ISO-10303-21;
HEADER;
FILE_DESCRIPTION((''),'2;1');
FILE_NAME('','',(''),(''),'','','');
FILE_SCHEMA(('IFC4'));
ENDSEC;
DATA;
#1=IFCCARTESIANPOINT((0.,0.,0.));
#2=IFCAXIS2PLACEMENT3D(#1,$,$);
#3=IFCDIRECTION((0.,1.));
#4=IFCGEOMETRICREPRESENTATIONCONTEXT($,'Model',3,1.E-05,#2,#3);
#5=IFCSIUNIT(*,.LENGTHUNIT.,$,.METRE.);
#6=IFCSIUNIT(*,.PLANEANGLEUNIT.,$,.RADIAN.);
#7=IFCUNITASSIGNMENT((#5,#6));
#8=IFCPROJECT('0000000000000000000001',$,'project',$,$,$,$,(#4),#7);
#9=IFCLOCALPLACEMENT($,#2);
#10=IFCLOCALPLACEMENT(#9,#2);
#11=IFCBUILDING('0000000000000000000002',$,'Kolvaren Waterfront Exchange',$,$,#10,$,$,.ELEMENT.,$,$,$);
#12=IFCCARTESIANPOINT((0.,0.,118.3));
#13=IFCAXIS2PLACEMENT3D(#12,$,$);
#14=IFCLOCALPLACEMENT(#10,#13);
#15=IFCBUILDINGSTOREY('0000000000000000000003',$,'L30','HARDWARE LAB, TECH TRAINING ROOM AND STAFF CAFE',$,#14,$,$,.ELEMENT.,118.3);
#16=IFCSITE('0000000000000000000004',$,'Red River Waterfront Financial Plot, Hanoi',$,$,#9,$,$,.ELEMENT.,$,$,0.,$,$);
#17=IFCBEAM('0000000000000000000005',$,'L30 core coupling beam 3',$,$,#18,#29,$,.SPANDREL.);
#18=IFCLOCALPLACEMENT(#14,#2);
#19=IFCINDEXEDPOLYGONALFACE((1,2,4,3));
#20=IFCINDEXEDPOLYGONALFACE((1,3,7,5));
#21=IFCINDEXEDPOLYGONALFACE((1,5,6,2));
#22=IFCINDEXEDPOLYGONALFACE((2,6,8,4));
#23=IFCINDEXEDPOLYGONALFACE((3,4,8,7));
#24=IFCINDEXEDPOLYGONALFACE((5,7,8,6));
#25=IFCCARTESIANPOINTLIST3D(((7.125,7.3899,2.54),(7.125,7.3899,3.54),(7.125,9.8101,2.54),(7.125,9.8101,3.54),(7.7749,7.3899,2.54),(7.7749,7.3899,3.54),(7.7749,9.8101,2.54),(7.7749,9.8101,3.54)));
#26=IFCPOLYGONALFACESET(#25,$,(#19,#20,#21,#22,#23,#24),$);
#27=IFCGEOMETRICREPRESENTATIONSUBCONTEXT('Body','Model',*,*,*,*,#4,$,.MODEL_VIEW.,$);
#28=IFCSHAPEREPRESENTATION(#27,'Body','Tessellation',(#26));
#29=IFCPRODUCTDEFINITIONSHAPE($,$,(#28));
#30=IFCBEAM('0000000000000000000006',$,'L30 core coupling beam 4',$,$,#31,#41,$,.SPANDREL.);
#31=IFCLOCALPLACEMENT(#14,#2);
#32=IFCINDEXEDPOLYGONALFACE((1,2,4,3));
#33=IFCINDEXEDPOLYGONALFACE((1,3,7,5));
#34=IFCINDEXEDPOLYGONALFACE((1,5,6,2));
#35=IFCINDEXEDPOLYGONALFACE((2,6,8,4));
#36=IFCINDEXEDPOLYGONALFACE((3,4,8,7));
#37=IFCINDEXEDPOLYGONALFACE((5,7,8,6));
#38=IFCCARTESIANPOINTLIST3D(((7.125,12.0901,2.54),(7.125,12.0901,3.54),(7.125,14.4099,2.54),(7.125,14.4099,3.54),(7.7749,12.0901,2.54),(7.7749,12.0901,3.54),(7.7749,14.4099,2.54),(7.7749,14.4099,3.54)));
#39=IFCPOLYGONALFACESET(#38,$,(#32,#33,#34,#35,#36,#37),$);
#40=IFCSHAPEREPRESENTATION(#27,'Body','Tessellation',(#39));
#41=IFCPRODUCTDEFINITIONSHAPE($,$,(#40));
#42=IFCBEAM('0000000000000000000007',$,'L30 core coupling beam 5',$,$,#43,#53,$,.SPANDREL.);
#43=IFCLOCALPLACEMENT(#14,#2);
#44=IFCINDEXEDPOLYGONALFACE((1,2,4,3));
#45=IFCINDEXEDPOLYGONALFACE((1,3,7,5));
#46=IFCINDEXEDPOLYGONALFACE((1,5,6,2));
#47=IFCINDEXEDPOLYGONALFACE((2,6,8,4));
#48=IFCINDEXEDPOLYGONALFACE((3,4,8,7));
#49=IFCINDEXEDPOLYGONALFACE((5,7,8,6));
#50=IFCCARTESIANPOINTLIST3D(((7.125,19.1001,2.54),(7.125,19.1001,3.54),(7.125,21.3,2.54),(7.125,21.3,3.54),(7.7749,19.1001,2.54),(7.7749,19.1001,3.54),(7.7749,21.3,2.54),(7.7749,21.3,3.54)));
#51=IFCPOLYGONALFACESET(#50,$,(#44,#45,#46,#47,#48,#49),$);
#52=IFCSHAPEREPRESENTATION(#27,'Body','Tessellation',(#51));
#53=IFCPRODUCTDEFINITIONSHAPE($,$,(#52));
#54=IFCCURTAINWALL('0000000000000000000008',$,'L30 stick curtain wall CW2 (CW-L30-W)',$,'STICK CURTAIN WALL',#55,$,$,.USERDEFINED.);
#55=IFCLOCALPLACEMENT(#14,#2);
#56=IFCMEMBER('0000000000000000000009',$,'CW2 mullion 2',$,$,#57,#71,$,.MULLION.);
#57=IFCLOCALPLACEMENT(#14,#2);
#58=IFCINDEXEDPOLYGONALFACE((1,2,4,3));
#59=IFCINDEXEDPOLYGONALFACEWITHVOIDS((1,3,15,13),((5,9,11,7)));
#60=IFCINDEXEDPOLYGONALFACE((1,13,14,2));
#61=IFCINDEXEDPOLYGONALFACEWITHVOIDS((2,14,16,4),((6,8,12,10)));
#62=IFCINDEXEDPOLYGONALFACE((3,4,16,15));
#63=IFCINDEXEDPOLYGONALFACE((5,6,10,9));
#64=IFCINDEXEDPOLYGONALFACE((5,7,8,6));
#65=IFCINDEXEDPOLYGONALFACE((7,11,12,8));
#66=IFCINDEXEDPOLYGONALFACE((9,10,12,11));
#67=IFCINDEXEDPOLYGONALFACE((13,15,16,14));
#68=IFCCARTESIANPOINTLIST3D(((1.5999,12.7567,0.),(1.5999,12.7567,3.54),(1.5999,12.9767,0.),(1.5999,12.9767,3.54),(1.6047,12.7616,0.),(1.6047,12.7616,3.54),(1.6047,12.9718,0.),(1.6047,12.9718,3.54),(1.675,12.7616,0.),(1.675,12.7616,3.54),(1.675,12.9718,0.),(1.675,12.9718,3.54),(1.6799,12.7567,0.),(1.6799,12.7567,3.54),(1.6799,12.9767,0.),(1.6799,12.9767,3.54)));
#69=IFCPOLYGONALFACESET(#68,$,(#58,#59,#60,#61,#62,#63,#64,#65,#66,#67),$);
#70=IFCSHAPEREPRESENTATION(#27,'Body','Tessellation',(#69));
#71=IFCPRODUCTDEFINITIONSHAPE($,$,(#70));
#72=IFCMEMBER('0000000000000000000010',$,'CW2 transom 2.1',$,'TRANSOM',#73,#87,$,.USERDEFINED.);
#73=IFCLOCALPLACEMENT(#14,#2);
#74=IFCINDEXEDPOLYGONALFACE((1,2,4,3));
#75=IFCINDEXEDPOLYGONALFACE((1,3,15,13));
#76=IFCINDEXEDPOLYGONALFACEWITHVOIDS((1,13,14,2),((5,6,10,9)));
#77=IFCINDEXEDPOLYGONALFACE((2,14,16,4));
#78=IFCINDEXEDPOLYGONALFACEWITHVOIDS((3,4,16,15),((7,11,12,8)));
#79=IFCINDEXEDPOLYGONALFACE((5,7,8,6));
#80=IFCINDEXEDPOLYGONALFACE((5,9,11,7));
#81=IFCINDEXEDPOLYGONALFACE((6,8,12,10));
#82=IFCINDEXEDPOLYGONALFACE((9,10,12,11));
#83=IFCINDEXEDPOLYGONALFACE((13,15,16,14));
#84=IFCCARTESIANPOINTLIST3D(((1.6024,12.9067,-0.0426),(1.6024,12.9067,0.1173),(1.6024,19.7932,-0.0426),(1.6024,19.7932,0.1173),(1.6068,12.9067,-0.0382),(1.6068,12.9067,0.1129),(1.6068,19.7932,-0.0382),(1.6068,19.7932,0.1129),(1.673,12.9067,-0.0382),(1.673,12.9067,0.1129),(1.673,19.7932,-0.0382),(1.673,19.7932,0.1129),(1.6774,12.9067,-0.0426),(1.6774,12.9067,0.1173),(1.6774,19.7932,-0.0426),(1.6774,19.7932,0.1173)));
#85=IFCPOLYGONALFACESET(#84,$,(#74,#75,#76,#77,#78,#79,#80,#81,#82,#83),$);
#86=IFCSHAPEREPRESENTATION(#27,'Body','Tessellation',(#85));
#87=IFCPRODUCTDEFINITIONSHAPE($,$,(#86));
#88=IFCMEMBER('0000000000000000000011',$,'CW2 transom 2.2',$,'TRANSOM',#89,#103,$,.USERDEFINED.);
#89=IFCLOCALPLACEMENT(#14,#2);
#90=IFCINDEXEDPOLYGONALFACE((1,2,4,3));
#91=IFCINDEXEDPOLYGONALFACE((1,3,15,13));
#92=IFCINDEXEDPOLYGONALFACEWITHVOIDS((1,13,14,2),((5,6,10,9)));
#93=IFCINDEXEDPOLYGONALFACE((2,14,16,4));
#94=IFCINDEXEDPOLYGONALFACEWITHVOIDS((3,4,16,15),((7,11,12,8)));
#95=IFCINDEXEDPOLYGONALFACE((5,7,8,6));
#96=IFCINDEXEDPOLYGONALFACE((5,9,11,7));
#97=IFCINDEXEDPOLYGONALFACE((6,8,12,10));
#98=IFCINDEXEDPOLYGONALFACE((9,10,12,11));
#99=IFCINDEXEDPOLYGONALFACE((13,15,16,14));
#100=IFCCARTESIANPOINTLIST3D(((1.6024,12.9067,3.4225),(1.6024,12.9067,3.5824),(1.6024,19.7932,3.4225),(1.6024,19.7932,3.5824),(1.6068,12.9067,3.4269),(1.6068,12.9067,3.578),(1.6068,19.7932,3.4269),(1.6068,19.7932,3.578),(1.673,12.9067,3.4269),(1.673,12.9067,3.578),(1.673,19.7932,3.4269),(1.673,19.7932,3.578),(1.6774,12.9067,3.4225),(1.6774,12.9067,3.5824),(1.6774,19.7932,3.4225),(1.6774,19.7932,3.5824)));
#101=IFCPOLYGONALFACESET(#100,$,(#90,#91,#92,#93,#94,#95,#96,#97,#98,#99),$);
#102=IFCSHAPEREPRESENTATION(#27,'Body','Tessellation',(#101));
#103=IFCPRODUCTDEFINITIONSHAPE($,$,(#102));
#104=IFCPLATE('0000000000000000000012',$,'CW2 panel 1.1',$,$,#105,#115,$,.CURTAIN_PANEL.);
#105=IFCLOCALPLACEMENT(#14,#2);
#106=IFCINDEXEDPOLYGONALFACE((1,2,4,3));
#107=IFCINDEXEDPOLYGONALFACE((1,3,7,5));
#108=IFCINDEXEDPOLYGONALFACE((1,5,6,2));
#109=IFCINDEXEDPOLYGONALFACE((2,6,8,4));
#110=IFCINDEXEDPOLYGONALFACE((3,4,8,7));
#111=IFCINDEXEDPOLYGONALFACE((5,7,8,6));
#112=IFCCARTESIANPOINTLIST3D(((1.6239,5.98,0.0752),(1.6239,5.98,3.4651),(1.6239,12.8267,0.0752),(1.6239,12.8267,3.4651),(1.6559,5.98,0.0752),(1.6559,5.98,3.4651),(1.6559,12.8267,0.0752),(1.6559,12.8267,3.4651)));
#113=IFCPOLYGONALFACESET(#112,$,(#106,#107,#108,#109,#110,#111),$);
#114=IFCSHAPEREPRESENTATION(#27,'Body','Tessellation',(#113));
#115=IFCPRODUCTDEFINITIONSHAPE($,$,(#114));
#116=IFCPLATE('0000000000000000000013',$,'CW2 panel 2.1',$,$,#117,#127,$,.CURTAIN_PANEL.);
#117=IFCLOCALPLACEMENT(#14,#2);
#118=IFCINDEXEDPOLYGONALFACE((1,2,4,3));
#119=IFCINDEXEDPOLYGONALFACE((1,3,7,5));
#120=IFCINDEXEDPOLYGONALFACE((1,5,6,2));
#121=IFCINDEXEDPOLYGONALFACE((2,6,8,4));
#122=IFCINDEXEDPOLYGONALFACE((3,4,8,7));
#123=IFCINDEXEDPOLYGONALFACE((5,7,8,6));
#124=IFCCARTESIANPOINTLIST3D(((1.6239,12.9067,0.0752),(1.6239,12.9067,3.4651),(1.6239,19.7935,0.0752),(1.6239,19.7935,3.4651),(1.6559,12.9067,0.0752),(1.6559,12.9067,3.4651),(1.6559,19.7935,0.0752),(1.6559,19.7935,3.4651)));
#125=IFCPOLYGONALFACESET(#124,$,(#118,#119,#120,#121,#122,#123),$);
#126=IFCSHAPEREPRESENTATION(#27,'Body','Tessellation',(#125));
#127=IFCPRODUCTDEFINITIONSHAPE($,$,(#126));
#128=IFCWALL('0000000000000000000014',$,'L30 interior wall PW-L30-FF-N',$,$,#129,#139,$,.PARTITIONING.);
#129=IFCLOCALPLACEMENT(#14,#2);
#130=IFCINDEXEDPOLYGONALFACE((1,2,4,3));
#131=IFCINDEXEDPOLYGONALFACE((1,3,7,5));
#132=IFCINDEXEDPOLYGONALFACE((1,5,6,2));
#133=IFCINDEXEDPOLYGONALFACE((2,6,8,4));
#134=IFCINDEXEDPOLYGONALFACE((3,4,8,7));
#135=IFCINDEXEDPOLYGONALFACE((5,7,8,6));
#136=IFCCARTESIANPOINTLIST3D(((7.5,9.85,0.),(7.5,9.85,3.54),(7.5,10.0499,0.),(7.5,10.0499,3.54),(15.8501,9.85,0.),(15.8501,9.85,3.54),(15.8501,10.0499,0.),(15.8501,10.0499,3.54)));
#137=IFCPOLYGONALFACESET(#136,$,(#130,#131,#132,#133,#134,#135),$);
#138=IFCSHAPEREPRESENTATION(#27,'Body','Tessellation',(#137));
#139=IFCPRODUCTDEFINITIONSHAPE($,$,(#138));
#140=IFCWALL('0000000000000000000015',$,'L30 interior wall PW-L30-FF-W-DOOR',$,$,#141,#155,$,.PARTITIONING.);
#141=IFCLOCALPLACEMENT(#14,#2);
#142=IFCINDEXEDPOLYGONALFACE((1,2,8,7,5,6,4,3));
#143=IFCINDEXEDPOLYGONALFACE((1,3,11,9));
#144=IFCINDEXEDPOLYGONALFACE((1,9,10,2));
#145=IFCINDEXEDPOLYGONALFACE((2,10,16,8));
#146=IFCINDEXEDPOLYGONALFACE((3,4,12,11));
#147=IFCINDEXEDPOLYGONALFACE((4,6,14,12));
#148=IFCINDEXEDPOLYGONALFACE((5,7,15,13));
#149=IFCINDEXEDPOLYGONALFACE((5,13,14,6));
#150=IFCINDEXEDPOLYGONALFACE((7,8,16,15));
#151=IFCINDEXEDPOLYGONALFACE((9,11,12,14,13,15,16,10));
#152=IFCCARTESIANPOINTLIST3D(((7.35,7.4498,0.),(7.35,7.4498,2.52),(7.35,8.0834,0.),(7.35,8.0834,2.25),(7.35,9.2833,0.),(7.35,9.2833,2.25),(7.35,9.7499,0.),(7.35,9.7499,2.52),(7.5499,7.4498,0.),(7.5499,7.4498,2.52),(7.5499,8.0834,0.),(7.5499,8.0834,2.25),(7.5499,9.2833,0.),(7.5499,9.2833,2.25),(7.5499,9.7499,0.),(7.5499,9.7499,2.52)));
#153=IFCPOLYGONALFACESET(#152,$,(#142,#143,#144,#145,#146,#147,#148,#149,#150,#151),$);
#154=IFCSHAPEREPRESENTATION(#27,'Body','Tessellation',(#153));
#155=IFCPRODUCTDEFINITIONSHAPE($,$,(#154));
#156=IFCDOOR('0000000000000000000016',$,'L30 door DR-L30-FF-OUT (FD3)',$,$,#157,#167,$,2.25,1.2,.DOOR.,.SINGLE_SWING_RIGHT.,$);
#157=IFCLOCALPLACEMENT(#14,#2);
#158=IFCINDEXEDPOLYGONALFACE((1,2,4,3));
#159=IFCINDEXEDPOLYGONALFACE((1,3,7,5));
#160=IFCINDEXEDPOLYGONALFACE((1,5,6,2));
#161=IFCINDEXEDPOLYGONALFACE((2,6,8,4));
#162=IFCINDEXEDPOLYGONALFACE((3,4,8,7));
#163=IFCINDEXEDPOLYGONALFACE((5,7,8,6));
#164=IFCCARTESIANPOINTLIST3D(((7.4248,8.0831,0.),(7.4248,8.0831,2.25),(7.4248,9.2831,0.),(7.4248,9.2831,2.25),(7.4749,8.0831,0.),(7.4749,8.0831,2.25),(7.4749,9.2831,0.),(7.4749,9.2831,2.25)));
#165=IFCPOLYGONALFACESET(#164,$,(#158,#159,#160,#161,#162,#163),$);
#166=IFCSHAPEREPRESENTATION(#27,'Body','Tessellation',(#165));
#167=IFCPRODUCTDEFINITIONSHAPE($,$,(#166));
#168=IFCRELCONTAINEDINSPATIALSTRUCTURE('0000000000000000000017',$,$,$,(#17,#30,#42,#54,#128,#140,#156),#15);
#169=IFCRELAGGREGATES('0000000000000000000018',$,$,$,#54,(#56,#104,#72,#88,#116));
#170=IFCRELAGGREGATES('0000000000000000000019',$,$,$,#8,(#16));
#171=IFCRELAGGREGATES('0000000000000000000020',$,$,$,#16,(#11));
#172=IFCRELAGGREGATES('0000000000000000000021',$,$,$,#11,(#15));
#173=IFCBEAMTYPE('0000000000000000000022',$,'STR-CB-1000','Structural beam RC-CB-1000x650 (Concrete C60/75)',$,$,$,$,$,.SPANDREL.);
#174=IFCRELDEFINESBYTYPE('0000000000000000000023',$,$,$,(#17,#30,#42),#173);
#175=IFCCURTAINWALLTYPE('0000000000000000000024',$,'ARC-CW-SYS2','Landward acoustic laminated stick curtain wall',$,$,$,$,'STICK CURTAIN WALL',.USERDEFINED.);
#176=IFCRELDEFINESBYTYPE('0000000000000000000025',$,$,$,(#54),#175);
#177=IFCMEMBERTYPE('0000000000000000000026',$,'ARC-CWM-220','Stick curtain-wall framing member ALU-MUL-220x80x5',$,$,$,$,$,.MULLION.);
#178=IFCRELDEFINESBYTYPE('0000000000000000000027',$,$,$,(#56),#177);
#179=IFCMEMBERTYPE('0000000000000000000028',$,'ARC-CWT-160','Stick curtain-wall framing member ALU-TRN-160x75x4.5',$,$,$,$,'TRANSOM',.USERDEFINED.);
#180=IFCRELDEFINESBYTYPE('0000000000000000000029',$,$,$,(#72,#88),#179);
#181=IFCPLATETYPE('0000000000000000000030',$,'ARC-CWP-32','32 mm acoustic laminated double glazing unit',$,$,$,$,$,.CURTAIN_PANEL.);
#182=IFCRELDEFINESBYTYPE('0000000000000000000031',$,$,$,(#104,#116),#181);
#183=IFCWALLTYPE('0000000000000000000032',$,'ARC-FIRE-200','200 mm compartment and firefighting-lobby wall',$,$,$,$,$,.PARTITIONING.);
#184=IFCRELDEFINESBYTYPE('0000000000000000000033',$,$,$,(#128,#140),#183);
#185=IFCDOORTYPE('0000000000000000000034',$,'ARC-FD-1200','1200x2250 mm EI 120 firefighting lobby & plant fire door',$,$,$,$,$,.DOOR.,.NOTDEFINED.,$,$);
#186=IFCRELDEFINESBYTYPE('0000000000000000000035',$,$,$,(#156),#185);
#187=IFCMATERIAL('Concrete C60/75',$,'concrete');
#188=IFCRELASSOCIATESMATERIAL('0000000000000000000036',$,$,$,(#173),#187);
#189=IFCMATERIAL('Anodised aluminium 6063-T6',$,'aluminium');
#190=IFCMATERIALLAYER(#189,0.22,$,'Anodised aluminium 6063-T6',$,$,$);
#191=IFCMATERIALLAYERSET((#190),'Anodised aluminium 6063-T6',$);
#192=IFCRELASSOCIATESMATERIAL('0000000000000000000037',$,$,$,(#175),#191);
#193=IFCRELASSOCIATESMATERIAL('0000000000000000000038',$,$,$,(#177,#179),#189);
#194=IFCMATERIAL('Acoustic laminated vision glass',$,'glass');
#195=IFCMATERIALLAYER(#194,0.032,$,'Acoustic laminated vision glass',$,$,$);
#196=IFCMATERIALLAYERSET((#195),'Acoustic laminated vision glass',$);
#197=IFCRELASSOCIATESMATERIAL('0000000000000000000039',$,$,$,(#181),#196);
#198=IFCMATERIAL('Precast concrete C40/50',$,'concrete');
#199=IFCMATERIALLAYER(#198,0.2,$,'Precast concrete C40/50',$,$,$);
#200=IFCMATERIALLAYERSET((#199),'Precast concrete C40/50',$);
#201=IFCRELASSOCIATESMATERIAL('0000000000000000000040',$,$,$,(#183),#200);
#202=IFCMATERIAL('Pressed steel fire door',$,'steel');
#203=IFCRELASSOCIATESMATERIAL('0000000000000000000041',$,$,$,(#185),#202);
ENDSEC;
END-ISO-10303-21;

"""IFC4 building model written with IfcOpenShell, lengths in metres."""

from ifc_helpers import new_model, si_unit, direction, frame, frame_2d, origin, origin_with_axes, origin_2d, place, context, subcontext, project, spatial, rectangle, hollow_rectangle, extrude, source, transform, mapped, material, layer, layer_set, material_profile, profile_set, type_object, element, fill, aggregate, save


model = new_model("IFC4")

# Units and contexts
model_context = context("Model", 3, precision=1e-05, world=origin(), true_north=direction((0.0, 1.0)))
body_context = subcontext(model_context, "Body", "Model", "MODEL_VIEW")
ifc_project = project(units=[si_unit("LENGTHUNIT", "METRE"), si_unit("PLANEANGLEUNIT", "RADIAN")], contexts=[model_context])

# Site, building, storey
site_placement = place(None, origin())
site = spatial("IfcSite", under=ifc_project, at=site_placement, Name="Red River Waterfront Financial Plot, Hanoi", CompositionType="ELEMENT", RefElevation=0.0)
building_placement = place(site_placement, origin())
building = spatial("IfcBuilding", under=site, at=building_placement, Name="Kolvaren Waterfront Exchange", CompositionType="ELEMENT")
storey_placement = place(building_placement, frame((0.0, 0.0, 118.3)))
storey = spatial("IfcBuildingStorey", under=building, at=storey_placement, Name="L30", Description="HARDWARE LAB, TECH TRAINING ROOM AND STAFF CAFE", CompositionType="ELEMENT", Elevation=118.3)

# Beams
ifc_material_1 = material(Name="Concrete C60/75", Category="concrete")
ifc_material_profile_1 = material_profile(ifc_material_1, rectangle(XDim=0.6499, YDim=1.0, at=origin_2d()), Name="RC-CB-1000x650")
ifc_profile_set_1 = profile_set([ifc_material_profile_1], Name="Concrete C60/75")
beam_type = type_object("IfcBeamType", Name="STR-CB-1000", Description="Structural beam RC-CB-1000x650 (Concrete C60/75)", PredefinedType="SPANDREL", material=ifc_profile_set_1)
beam_1_placement = place(storey_placement, frame((7.45, 7.3899, 3.04), z_axis=(0.0, 1.0, 0.0), x_axis=(-1.0, 0.0, 0.0)))
element("IfcBeam", 1, at=beam_1_placement, inside=storey, type_object=beam_type, Name="L30 core coupling beam 3", PredefinedType="SPANDREL", context=body_context, shape_type="SweptSolid", body=[
    extrude(rectangle(XDim=0.6499, YDim=1.0, at=origin_2d()), origin(), (0.0, 0.0, 1.0), 2.4202),
])
beam_2_placement = place(storey_placement, frame((7.45, 12.0901, 3.04), z_axis=(0.0, 1.0, 0.0), x_axis=(-1.0, 0.0, 0.0)))
element("IfcBeam", 2, at=beam_2_placement, inside=storey, type_object=beam_type, Name="L30 core coupling beam 4", PredefinedType="SPANDREL", context=body_context, shape_type="SweptSolid", body=[
    extrude(rectangle(XDim=0.6499, YDim=1.0, at=origin_2d()), origin(), (0.0, 0.0, 1.0), 2.3198),
])
beam_3_placement = place(storey_placement, frame((7.45, 19.1001, 3.04), z_axis=(0.0, 1.0, 0.0), x_axis=(-1.0, 0.0, 0.0)))
element("IfcBeam", 3, at=beam_3_placement, inside=storey, type_object=beam_type, Name="L30 core coupling beam 5", PredefinedType="SPANDREL", context=body_context, shape_type="SweptSolid", body=[
    extrude(rectangle(XDim=0.6499, YDim=1.0, at=origin_2d()), origin(), (0.0, 0.0, 1.0), 2.2),
])

# Curtain wall, members, plates
ifc_material_2 = material(Name="Anodised aluminium 6063-T6", Category="aluminium")
ifc_layer_1 = layer(ifc_material_2, 0.22, Name="Anodised aluminium 6063-T6")
ifc_layer_set_1 = layer_set([ifc_layer_1], Name="Anodised aluminium 6063-T6")
curtain_wall_type = type_object("IfcCurtainWallType", Name="ARC-CW-SYS2", Description="Landward acoustic laminated stick curtain wall", ElementType="STICK CURTAIN WALL", PredefinedType="USERDEFINED", material=ifc_layer_set_1)
curtain_wall_placement = place(storey_placement, origin())
curtain_wall = element("IfcCurtainWall", 4, at=curtain_wall_placement, inside=storey, type_object=curtain_wall_type, Name="L30 stick curtain wall CW2 (CW-L30-W)", ObjectType="STICK CURTAIN WALL", PredefinedType="USERDEFINED")
ifc_material_profile_2 = material_profile(ifc_material_2, hollow_rectangle(XDim=0.0801, YDim=0.22, WallThickness=0.0049, at=origin_2d()), Name="ALU-MUL-220x80x5")
ifc_profile_set_2 = profile_set([ifc_material_profile_2], Name="Anodised aluminium 6063-T6")
member_type_1 = type_object("IfcMemberType", Name="ARC-CWM-220", Description="Stick curtain-wall framing member ALU-MUL-220x80x5", PredefinedType="MULLION", material=ifc_profile_set_2)
shared_shape_1 = source(origin_with_axes(), body_context, "Body", "SweptSolid", [
    extrude(hollow_rectangle(XDim=0.0801, YDim=0.22, WallThickness=0.0049, at=origin_2d()), origin(), (0.0, 0.0, 1.0), 3.54),
])
member_1_placement = place(storey_placement, frame((1.6399, 12.8667, 0.0), z_axis=(0.0, 0.0, 1.0), x_axis=(-1.0, 0.0, 0.0)))
member_1 = element("IfcMember", 5, at=member_1_placement, type_object=member_type_1, Name="CW2 mullion 2", PredefinedType="MULLION", context=body_context, shape_type="MappedRepresentation", body=[
    mapped(shared_shape_1, transform((0.0, 0.0, 0.0), x_axis=(1.0, 0.0, 0.0), y_axis=(0.0, 1.0, 0.0), z_axis=(0.0, 0.0, 1.0), scale=1.0)),
])
ifc_material_profile_3 = material_profile(ifc_material_2, hollow_rectangle(XDim=0.075, YDim=0.1599, WallThickness=0.0044, at=origin_2d()), Name="ALU-TRN-160x75x4.5")
ifc_profile_set_3 = profile_set([ifc_material_profile_3], Name="Anodised aluminium 6063-T6")
member_type_2 = type_object("IfcMemberType", Name="ARC-CWT-160", Description="Stick curtain-wall framing member ALU-TRN-160x75x4.5", ElementType="TRANSOM", PredefinedType="USERDEFINED", material=ifc_profile_set_3)
shared_shape_2 = source(origin_with_axes(), body_context, "Body", "SweptSolid", [
    extrude(hollow_rectangle(XDim=0.075, YDim=0.1599, WallThickness=0.0044, at=origin_2d()), origin(), (0.0, 0.0, 1.0), 6.8865),
])
member_2_placement = place(storey_placement, frame((1.6399, 12.9067, 0.0374), z_axis=(0.0, 1.0, 0.0), x_axis=(-1.0, 0.0, 0.0)))
member_2 = element("IfcMember", 6, at=member_2_placement, type_object=member_type_2, Name="CW2 transom 2.1", ObjectType="TRANSOM", PredefinedType="USERDEFINED", context=body_context, shape_type="MappedRepresentation", body=[
    mapped(shared_shape_2, transform((0.0, 0.0, 0.0), x_axis=(1.0, 0.0, 0.0), y_axis=(0.0, 1.0, 0.0), z_axis=(0.0, 0.0, 1.0), scale=1.0)),
])
member_3_placement = place(storey_placement, frame((1.6399, 12.9067, 3.5024), z_axis=(0.0, 1.0, 0.0), x_axis=(-1.0, 0.0, 0.0)))
member_3 = element("IfcMember", 7, at=member_3_placement, type_object=member_type_2, Name="CW2 transom 2.2", ObjectType="TRANSOM", PredefinedType="USERDEFINED", context=body_context, shape_type="MappedRepresentation", body=[
    mapped(shared_shape_2, transform((0.0, 0.0, 0.0), x_axis=(1.0, 0.0, 0.0), y_axis=(0.0, 1.0, 0.0), z_axis=(0.0, 0.0, 1.0), scale=1.0)),
])
ifc_material_3 = material(Name="Acoustic laminated vision glass", Category="glass")
ifc_layer_2 = layer(ifc_material_3, 0.032, Name="Acoustic laminated vision glass")
ifc_layer_set_2 = layer_set([ifc_layer_2], Name="Acoustic laminated vision glass")
plate_type = type_object("IfcPlateType", Name="ARC-CWP-32", Description="32 mm acoustic laminated double glazing unit", PredefinedType="CURTAIN_PANEL", material=ifc_layer_set_2)
shared_shape_3 = source(origin_with_axes(), body_context, "Body", "SweptSolid", [
    extrude(rectangle(XDim=6.8467, YDim=0.032, at=origin_2d()), origin(), (0.0, 0.0, 1.0), 3.3899),
])
plate_1_placement = place(storey_placement, frame((1.6399, 9.4033, 0.0752), z_axis=(0.0, 0.0, 1.0), x_axis=(0.0, 1.0, 0.0)))
plate_1 = element("IfcPlate", 8, at=plate_1_placement, type_object=plate_type, Name="CW2 panel 1.1", PredefinedType="CURTAIN_PANEL", context=body_context, shape_type="MappedRepresentation", body=[
    mapped(shared_shape_3, transform((0.0, 0.0, 0.0), x_axis=(1.0, 0.0, 0.0), y_axis=(0.0, 1.0, 0.0), z_axis=(0.0, 0.0, 1.0), scale=1.0)),
])
shared_shape_4 = source(origin_with_axes(), body_context, "Body", "SweptSolid", [
    extrude(rectangle(XDim=6.8867, YDim=0.032, at=origin_2d()), origin(), (0.0, 0.0, 1.0), 3.3899),
])
plate_2_placement = place(storey_placement, frame((1.6399, 16.3501, 0.0752), z_axis=(0.0, 0.0, 1.0), x_axis=(0.0, 1.0, 0.0)))
plate_2 = element("IfcPlate", 9, at=plate_2_placement, type_object=plate_type, Name="CW2 panel 2.1", PredefinedType="CURTAIN_PANEL", context=body_context, shape_type="MappedRepresentation", body=[
    mapped(shared_shape_4, transform((0.0, 0.0, 0.0), x_axis=(1.0, 0.0, 0.0), y_axis=(0.0, 1.0, 0.0), z_axis=(0.0, 0.0, 1.0), scale=1.0)),
])
aggregate(curtain_wall, [member_1, plate_1, member_2, member_3, plate_2])

# Wall
ifc_material_4 = material(Name="Precast concrete C40/50", Category="concrete")
ifc_layer_3 = layer(ifc_material_4, 0.2, Name="Precast concrete C40/50")
ifc_layer_set_3 = layer_set([ifc_layer_3], Name="Precast concrete C40/50")
wall_type_1 = type_object("IfcWallType", Name="ARC-FIRE-200", Description="200 mm compartment and firefighting-lobby wall", PredefinedType="PARTITIONING", material=ifc_layer_set_3)
wall_1_placement = place(storey_placement, frame((7.5, 9.95, 0.0), z_axis=(0.0, 0.0, 1.0), x_axis=(1.0, 0.0, 0.0)))
element("IfcWall", 10, at=wall_1_placement, inside=storey, type_object=wall_type_1, Name="L30 interior wall PW-L30-FF-N", PredefinedType="PARTITIONING", context=body_context, shape_type="SweptSolid", body=[
    extrude(rectangle(XDim=8.3501, YDim=0.2, at=frame_2d((4.175, 0.0))), origin(), (0.0, 0.0, 1.0), 3.54),
])

# Wall, opening, door
wall_2_placement = place(storey_placement, frame((7.45, 7.45, 0.0), z_axis=(0.0, 0.0, 1.0), x_axis=(0.0, 1.0, 0.0)))
wall_2 = element("IfcWall", 11, at=wall_2_placement, inside=storey, type_object=wall_type_1, Name="L30 interior wall PW-L30-FF-W-DOOR", PredefinedType="PARTITIONING", context=body_context, shape_type="SweptSolid", body=[
    extrude(rectangle(XDim=2.3, YDim=0.2, at=frame_2d((1.1499, 0.0))), origin(), (0.0, 0.0, 1.0), 2.52),
])
opening_1_placement = place(wall_2_placement, frame((0.6333, 0.0, 0.0)))
opening_1 = element("IfcOpeningElement", 12, at=opening_1_placement, cuts=wall_2, PredefinedType="OPENING", context=body_context, shape_type="SweptSolid", body=[
    extrude(rectangle(XDim=1.2, YDim=2.25, at=frame_2d((0.6001, 1.125))), frame((0.0, 0.1099, 0.0), z_axis=(0.0, -1.0, 0.0), x_axis=(1.0, 0.0, 0.0)), (0.0, 0.0, 1.0), 0.22),
])
ifc_material_5 = material(Name="Pressed steel fire door", Category="steel")
door_type_1 = type_object("IfcDoorType", Name="ARC-FD-1200", Description="1200x2250 mm EI 120 firefighting lobby & plant fire door", OperationType="NOTDEFINED", PredefinedType="DOOR", material=ifc_material_5)
door_1_placement = place(opening_1_placement, frame((1.2, 0.0, 0.0), z_axis=(0.0, 0.0, 1.0), x_axis=(-1.0, 0.0, 0.0)))
door_1 = element("IfcDoor", 13, at=door_1_placement, inside=storey, type_object=door_type_1, Name="L30 door DR-L30-FF-OUT (FD3)", OperationType="SINGLE_SWING_RIGHT", OverallHeight=2.25, OverallWidth=1.2, PredefinedType="DOOR", context=body_context, shape_type="SweptSolid", body=[
    extrude(rectangle(XDim=1.2, YDim=2.25, at=frame_2d((0.6001, 1.125))), frame((0.0, 0.0249, 0.0), z_axis=(0.0, -1.0, 0.0), x_axis=(1.0, 0.0, 0.0)), (0.0, 0.0, 1.0), 0.05),
])
fill(opening_1, door_1)

save(model, "model.ifc")
